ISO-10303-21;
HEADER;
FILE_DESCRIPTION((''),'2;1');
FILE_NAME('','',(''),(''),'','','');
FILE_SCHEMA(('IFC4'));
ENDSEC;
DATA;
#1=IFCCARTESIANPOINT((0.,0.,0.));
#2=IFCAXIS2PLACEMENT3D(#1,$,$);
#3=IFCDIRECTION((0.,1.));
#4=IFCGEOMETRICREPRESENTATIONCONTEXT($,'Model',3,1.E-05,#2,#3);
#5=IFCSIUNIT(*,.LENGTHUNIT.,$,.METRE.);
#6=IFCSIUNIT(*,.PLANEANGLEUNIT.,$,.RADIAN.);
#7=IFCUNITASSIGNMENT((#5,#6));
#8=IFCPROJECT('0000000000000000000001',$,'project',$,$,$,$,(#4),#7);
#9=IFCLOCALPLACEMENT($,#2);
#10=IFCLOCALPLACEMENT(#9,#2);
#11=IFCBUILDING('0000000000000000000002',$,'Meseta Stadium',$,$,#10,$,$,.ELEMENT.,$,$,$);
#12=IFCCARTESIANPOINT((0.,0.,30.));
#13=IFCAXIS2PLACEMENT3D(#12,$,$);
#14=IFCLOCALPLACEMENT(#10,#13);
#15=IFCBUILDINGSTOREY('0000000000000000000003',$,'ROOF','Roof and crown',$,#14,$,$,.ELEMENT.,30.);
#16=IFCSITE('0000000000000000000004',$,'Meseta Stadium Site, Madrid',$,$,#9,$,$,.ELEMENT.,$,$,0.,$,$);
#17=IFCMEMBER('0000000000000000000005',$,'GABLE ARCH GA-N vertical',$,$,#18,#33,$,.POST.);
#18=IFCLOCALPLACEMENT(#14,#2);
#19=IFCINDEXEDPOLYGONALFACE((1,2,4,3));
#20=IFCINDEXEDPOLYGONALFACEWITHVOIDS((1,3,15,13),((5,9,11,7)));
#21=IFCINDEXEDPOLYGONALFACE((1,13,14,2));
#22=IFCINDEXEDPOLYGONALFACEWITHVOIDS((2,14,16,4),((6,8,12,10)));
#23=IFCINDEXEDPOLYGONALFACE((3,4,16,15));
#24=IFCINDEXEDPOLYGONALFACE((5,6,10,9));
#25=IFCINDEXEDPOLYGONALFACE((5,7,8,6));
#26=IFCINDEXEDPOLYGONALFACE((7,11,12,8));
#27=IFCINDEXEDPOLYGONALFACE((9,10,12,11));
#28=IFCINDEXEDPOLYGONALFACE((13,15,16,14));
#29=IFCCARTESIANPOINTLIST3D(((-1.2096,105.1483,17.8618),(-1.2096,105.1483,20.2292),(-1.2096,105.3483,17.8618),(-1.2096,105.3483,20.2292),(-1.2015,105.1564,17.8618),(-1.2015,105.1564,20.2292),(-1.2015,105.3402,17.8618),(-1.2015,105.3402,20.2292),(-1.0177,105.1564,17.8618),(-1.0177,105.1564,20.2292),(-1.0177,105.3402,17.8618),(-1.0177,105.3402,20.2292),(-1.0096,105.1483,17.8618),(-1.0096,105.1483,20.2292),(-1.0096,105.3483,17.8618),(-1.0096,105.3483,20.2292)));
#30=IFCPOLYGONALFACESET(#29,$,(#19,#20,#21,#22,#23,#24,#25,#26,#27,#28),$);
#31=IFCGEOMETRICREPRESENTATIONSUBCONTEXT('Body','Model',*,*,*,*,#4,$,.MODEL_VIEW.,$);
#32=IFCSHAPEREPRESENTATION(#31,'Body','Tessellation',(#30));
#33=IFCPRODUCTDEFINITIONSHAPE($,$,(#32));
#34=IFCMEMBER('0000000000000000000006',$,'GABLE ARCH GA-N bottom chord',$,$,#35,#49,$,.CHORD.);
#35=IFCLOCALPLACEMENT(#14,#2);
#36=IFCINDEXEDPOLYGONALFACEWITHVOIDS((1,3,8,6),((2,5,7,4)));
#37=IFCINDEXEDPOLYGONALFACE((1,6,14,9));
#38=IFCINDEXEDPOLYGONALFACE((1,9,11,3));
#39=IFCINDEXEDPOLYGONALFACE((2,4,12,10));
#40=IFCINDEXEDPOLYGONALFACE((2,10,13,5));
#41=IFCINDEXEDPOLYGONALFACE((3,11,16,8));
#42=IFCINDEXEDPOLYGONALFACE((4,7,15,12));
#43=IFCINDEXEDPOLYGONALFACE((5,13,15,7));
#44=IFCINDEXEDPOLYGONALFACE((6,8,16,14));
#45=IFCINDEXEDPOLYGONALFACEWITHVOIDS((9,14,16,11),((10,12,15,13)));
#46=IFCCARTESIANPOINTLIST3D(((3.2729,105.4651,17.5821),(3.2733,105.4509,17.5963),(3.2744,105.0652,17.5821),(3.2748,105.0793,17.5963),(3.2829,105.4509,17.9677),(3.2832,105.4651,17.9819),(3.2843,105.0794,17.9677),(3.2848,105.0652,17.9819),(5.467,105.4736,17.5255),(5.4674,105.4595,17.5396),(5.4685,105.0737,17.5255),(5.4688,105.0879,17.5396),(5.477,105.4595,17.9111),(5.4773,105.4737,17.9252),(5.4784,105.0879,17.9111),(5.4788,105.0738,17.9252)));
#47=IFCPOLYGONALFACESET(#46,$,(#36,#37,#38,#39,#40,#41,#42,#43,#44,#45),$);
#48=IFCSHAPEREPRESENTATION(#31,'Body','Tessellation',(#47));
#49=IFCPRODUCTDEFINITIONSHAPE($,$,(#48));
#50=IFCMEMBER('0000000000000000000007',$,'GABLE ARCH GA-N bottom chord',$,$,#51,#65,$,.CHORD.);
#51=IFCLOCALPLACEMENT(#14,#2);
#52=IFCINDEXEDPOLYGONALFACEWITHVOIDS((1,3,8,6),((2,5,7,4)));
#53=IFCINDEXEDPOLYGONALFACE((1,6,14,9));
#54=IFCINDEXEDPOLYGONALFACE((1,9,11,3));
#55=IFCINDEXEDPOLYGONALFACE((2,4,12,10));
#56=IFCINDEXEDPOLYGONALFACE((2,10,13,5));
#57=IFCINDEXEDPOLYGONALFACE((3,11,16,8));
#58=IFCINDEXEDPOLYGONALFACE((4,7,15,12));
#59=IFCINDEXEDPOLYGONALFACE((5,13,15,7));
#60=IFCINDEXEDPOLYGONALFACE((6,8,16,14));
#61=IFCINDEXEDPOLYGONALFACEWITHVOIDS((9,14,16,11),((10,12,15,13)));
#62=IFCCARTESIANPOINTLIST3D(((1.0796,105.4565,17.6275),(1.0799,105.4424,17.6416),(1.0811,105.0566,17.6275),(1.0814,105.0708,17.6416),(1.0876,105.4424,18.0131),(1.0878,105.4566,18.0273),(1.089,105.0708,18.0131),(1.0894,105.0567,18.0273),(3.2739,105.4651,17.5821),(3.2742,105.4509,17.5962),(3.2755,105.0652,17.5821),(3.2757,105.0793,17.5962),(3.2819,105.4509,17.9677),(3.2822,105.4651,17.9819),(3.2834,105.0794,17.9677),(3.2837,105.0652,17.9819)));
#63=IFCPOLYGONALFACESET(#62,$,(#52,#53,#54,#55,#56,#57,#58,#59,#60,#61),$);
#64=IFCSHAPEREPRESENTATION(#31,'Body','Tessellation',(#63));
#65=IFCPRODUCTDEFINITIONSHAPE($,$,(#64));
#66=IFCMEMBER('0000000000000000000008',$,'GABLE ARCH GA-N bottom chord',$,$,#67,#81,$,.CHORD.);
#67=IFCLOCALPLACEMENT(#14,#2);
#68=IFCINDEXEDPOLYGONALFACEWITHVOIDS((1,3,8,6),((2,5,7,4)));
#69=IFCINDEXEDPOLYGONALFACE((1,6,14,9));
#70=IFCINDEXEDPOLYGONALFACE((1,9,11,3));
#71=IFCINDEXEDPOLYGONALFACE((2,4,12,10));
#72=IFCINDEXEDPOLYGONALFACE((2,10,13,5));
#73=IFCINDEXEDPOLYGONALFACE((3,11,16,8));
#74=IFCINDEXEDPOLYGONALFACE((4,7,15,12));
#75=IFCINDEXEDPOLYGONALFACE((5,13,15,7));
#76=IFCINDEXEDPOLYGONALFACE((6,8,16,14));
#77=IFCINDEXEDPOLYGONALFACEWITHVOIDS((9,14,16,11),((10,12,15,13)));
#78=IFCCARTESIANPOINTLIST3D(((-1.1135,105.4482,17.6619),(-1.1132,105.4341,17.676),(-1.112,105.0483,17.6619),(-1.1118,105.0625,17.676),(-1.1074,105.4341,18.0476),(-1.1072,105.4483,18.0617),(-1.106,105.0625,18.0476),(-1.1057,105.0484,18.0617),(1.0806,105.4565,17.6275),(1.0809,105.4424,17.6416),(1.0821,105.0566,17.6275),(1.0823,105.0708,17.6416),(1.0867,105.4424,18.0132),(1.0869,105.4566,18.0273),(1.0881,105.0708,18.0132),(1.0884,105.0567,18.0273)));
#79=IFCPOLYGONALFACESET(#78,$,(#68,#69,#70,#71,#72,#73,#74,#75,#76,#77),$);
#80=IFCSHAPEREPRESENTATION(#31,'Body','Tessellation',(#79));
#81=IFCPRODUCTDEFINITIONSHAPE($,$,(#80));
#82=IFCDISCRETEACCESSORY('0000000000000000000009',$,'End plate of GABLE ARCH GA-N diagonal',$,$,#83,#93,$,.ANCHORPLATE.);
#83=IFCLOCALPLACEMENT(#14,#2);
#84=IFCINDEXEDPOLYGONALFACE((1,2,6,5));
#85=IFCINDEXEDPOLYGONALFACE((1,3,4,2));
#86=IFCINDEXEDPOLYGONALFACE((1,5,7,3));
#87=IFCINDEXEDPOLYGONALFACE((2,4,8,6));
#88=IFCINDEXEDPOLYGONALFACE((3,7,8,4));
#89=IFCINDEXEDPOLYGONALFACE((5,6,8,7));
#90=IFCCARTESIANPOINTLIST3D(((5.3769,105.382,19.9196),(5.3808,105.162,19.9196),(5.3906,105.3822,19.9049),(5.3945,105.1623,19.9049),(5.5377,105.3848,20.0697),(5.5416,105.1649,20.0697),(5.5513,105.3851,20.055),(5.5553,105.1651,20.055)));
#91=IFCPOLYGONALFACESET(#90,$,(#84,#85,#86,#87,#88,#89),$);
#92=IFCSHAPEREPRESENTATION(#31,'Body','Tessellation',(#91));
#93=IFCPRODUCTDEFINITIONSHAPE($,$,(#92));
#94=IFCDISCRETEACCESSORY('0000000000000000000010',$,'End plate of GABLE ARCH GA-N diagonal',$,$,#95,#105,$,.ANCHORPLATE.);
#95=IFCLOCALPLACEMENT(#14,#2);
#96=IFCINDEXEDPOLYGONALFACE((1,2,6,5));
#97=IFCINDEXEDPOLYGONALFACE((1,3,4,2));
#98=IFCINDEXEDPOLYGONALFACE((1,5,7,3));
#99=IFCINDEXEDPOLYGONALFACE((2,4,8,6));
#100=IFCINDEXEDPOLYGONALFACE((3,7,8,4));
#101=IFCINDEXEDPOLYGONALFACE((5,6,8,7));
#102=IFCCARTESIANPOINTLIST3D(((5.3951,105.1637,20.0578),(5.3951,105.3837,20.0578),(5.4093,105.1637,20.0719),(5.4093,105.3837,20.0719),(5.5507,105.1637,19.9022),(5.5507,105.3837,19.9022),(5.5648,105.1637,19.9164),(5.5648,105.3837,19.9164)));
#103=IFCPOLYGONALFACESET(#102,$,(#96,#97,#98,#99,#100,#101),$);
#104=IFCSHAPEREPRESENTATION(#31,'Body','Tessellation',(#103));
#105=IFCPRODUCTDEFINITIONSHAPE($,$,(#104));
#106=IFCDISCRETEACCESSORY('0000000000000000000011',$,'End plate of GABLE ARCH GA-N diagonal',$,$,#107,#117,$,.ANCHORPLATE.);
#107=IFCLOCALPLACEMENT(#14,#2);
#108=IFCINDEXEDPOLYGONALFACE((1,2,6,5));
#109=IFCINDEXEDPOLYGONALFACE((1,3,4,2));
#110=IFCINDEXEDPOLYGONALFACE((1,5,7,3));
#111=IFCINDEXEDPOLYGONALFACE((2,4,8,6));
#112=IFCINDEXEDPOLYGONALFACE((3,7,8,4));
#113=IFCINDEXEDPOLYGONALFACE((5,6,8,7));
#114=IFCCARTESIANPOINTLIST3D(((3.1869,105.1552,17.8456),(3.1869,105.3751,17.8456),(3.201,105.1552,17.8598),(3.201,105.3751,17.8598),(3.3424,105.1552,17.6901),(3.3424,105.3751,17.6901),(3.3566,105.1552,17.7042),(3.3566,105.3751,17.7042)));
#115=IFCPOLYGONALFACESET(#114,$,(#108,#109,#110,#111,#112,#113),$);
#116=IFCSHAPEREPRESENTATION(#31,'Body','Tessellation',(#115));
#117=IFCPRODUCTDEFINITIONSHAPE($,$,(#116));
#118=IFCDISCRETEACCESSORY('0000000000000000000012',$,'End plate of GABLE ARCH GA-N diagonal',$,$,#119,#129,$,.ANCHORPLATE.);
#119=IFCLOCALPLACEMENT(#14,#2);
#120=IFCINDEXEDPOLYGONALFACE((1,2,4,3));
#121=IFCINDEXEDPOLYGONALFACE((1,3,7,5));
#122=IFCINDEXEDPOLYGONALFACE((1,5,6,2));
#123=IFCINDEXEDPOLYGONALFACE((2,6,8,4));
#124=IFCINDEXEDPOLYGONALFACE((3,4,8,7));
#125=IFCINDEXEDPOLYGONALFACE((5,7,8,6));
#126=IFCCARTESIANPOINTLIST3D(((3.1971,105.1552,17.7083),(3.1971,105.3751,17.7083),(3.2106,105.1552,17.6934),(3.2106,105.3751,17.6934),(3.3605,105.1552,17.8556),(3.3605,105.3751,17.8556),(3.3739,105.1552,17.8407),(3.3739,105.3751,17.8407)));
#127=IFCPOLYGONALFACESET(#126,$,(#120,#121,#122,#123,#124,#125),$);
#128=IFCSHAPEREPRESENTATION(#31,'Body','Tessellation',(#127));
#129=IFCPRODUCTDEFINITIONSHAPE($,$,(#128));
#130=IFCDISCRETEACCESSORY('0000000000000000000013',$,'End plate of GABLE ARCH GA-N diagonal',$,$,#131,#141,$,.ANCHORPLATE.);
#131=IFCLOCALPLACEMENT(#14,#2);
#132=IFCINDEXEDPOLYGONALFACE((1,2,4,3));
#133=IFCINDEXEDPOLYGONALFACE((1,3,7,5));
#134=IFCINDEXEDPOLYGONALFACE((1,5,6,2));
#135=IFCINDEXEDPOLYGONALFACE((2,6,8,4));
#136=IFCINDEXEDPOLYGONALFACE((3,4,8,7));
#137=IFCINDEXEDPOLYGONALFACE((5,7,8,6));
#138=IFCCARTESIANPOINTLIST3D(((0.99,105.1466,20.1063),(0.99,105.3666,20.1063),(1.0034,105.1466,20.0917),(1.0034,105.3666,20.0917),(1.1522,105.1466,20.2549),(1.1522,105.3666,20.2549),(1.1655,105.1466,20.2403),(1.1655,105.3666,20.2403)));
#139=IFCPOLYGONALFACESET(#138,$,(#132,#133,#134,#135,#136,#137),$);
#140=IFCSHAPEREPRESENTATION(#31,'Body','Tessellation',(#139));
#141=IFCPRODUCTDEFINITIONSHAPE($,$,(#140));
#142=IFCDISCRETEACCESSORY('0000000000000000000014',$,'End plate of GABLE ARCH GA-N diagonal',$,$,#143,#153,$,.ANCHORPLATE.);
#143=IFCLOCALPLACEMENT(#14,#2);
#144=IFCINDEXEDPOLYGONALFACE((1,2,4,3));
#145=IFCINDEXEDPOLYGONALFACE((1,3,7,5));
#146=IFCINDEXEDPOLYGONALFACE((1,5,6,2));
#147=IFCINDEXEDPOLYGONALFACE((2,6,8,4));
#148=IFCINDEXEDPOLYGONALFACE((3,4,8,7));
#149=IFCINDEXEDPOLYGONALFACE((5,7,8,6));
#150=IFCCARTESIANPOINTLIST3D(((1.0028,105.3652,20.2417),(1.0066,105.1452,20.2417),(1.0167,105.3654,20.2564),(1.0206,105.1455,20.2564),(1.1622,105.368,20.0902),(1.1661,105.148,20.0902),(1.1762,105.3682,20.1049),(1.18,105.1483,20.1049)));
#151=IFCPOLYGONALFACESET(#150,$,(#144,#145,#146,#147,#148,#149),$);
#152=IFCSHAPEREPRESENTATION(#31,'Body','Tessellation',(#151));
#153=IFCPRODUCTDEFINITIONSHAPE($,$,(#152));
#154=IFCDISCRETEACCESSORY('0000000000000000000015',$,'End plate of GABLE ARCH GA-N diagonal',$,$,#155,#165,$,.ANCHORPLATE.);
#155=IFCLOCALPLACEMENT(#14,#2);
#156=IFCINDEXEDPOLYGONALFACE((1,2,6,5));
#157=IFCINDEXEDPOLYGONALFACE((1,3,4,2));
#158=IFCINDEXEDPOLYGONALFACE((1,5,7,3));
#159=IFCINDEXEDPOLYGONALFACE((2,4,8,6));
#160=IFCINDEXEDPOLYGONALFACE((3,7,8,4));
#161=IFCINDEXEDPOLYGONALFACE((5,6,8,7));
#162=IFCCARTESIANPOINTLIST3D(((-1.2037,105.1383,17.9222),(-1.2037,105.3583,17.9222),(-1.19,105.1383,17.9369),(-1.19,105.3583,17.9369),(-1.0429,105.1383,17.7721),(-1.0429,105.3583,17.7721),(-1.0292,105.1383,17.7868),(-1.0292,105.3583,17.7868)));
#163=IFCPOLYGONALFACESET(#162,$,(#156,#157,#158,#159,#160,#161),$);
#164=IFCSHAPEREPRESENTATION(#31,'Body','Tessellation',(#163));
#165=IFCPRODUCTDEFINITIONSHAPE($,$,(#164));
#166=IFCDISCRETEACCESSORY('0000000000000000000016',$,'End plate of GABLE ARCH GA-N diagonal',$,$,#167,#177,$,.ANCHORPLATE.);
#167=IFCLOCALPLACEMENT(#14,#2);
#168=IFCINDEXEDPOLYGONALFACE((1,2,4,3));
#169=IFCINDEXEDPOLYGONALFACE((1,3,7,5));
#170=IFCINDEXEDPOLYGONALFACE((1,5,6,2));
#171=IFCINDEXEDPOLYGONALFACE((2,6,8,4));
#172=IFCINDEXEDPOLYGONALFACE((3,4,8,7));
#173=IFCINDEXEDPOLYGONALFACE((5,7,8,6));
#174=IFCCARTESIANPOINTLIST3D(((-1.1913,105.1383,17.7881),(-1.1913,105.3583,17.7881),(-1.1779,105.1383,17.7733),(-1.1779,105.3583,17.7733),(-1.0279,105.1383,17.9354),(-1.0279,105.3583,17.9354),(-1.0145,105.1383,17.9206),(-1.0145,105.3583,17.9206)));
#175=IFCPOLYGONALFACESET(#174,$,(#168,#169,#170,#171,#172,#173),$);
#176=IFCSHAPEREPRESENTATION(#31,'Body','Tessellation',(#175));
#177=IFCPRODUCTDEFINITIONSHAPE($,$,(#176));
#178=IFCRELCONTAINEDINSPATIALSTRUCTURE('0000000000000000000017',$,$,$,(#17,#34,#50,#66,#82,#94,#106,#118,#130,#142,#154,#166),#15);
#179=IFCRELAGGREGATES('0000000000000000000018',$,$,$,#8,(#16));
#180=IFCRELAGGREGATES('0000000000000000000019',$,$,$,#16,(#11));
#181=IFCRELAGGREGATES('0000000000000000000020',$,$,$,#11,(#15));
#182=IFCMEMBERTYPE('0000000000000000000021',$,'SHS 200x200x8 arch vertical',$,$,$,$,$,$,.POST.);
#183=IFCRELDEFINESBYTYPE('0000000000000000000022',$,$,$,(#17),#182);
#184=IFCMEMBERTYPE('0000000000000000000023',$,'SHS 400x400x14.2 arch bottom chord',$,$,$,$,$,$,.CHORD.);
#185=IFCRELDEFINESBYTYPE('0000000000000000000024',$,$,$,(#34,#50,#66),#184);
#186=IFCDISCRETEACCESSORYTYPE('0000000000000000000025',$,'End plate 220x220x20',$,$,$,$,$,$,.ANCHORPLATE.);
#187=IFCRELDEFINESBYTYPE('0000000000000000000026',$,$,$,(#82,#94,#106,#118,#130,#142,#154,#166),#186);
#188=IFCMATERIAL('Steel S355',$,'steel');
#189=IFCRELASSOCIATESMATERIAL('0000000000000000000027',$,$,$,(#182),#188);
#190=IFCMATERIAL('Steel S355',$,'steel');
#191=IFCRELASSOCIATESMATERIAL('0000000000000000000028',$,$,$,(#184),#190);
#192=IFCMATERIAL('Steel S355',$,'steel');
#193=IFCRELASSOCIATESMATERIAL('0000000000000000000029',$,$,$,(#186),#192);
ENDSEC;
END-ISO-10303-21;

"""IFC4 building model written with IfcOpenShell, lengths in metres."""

from ifc_helpers import new_model, si_unit, direction, frame, origin, origin_2d, place, context, subcontext, project, spatial, rectangle, hollow_rectangle, extrude, material, material_profile, profile_set, type_object, element, save


model = new_model("IFC4")

# Units and contexts
model_context = context("Model", 3, precision=1e-05, world=origin(), true_north=direction((0.0, 1.0)))
body_context = subcontext(model_context, "Body", "Model", "MODEL_VIEW")
ifc_project = project(units=[si_unit("LENGTHUNIT", "METRE"), si_unit("PLANEANGLEUNIT", "RADIAN")], contexts=[model_context])

# Site, building, storey
site_placement = place(None, origin())
site = spatial("IfcSite", under=ifc_project, at=site_placement, Name="Meseta Stadium Site, Madrid", CompositionType="ELEMENT", RefElevation=0.0)
building_placement = place(site_placement, origin())
building = spatial("IfcBuilding", under=site, at=building_placement, Name="Meseta Stadium", CompositionType="ELEMENT")
storey_placement = place(building_placement, frame((0.0, 0.0, 30.0)))
storey = spatial("IfcBuildingStorey", under=building, at=storey_placement, Name="ROOF", Description="Roof and crown", CompositionType="ELEMENT", Elevation=30.0)

# Members
ifc_material_1 = material(Name="Steel S355", Category="steel")
ifc_material_profile_1 = material_profile(ifc_material_1, hollow_rectangle(XDim=0.2, YDim=0.2, WallThickness=0.0081, at=origin_2d()), Name="SHS 200x200x8")
ifc_profile_set_1 = profile_set([ifc_material_profile_1], Name="Steel S355")
member_type_1 = type_object("IfcMemberType", Name="SHS 200x200x8 arch vertical", PredefinedType="POST", material=ifc_profile_set_1)
member_1_placement = place(storey_placement, frame((-1.1096, 105.2483, 17.8618), z_axis=(0.0, 0.0, 1.0), x_axis=(1.0, 0.0, 0.0)))
element("IfcMember", 1, at=member_1_placement, inside=storey, type_object=member_type_1, Name="GABLE ARCH GA-N vertical", PredefinedType="POST", context=body_context, shape_type="SweptSolid", body=[
    extrude(hollow_rectangle(XDim=0.2, YDim=0.2, WallThickness=0.0081, at=origin_2d()), origin(), (0.0, 0.0, 1.0), 2.3674),
])
ifc_material_2 = material(Name="Steel S355", Category="steel")
ifc_material_profile_2 = material_profile(ifc_material_2, hollow_rectangle(XDim=0.3999, YDim=0.3999, WallThickness=0.0142, at=origin_2d()), Name="SHS 400x400x14.2")
ifc_profile_set_2 = profile_set([ifc_material_profile_2], Name="Steel S355")
member_type_2 = type_object("IfcMemberType", Name="SHS 400x400x14.2 arch bottom chord", PredefinedType="CHORD", material=ifc_profile_set_2)
for number, where, z_axis, x_axis, name in (
    (2, (5.4729, 105.2737, 17.7253), (-0.999659, -0.003893, 0.025806), (0.003894, -0.999992, 0.0), "GABLE ARCH GA-N bottom chord"),
    (3, (3.2788, 105.2651, 17.782), (-0.999778, -0.003893, 0.02069), (0.003894, -0.999992, 0.0), "GABLE ARCH GA-N bottom chord"),
):
    element("IfcMember", number, at=place(storey_placement, frame(where, z_axis=z_axis, x_axis=x_axis)), inside=storey, type_object=member_type_2, Name=name, PredefinedType="CHORD", context=body_context, shape_type="SweptSolid", body=[
        extrude(hollow_rectangle(XDim=0.3999, YDim=0.3999, WallThickness=0.0142, at=origin_2d()), origin(), (0.0, 0.0, 1.0), 2.1948),
    ])
member_2_placement = place(storey_placement, frame((1.0845, 105.2566, 17.8274), z_axis=(-0.99987, -0.003783, 0.015687), x_axis=(0.003783, -0.999993, 0.0)))
element("IfcMember", 4, at=member_2_placement, inside=storey, type_object=member_type_2, Name="GABLE ARCH GA-N bottom chord", PredefinedType="CHORD", context=body_context, shape_type="SweptSolid", body=[
    extrude(hollow_rectangle(XDim=0.3999, YDim=0.3999, WallThickness=0.0142, at=origin_2d()), origin(), (0.0, 0.0, 1.0), 2.1943),
])

# Discrete accessories
ifc_material_3 = material(Name="Steel S355", Category="steel")
ifc_material_profile_3 = material_profile(ifc_material_3, rectangle(XDim=0.22, YDim=0.22, at=origin_2d()), Name="PL 220x220")
ifc_profile_set_3 = profile_set([ifc_material_profile_3], Name="Steel S355")
discrete_accessory_type = type_object("IfcDiscreteAccessoryType", Name="End plate 220x220x20", PredefinedType="ANCHORPLATE", material=ifc_profile_set_3)
for number, where, z_axis, x_axis, name in (
    (5, (5.4729, 105.2737, 19.98), (-0.682268, -0.012183, 0.731001), (0.017854, -0.999841, 0.0), "End plate of GABLE ARCH GA-N diagonal"),
    (6, (5.4871, 105.2737, 19.9941), (-0.707107, 0.0, -0.707107), (0.0, -1.0, 0.0), "End plate of GABLE ARCH GA-N diagonal"),
    (7, (3.2788, 105.2651, 17.782), (-0.707107, 0.0, -0.707107), (0.0, -1.0, 0.0), "End plate of GABLE ARCH GA-N diagonal"),
    (8, (3.2922, 105.2651, 17.7671), (-0.669637, 0.0, 0.742688), (0.0, -1.0, 0.0), "End plate of GABLE ARCH GA-N diagonal"),
):
    element("IfcDiscreteAccessory", number, at=place(storey_placement, frame(where, z_axis=z_axis, x_axis=x_axis)), inside=storey, type_object=discrete_accessory_type, Name=name, PredefinedType="ANCHORPLATE", context=body_context, shape_type="SweptSolid", body=[
        extrude(rectangle(XDim=0.22, YDim=0.22, at=origin_2d()), origin(), (0.0, 0.0, 1.0), 0.02),
    ])
discrete_accessory_1_placement = place(storey_placement, frame((1.0845, 105.2566, 20.166), z_axis=(-0.675725, 0.0, 0.737154), x_axis=(0.0, -1.0, 0.0)))
element("IfcDiscreteAccessory", 9, at=discrete_accessory_1_placement, inside=storey, type_object=discrete_accessory_type, Name="End plate of GABLE ARCH GA-N diagonal", PredefinedType="ANCHORPLATE", context=body_context, shape_type="SweptSolid", body=[
    extrude(rectangle(XDim=0.22, YDim=0.22, at=origin_2d()), origin(), (0.0, 0.0, 1.0), 0.0198),
])
discrete_accessory_2_placement = place(storey_placement, frame((1.0984, 105.2568, 20.1807), z_axis=(-0.688699, -0.012082, -0.724947), x_axis=(0.017541, -0.999846, 0.0)))
element("IfcDiscreteAccessory", 10, at=discrete_accessory_2_placement, inside=storey, type_object=discrete_accessory_type, Name="End plate of GABLE ARCH GA-N diagonal", PredefinedType="ANCHORPLATE", context=body_context, shape_type="SweptSolid", body=[
    extrude(rectangle(XDim=0.22, YDim=0.22, at=origin_2d()), origin(), (0.0, 0.0, 1.0), 0.0203),
])
for number, where, z_axis, x_axis, name in (
    (11, (-1.1096, 105.2483, 17.8618), (-0.682318, 0.0, -0.731055), (0.0, -1.0, 0.0), "End plate of GABLE ARCH GA-N diagonal"),
    (12, (-1.0962, 105.2483, 17.8469), (-0.669637, 0.0, 0.742688), (0.0, -1.0, 0.0), "End plate of GABLE ARCH GA-N diagonal"),
):
    element("IfcDiscreteAccessory", number, at=place(storey_placement, frame(where, z_axis=z_axis, x_axis=x_axis)), inside=storey, type_object=discrete_accessory_type, Name=name, PredefinedType="ANCHORPLATE", context=body_context, shape_type="SweptSolid", body=[
        extrude(rectangle(XDim=0.22, YDim=0.22, at=origin_2d()), origin(), (0.0, 0.0, 1.0), 0.02),
    ])

save(model, "model.ifc")
